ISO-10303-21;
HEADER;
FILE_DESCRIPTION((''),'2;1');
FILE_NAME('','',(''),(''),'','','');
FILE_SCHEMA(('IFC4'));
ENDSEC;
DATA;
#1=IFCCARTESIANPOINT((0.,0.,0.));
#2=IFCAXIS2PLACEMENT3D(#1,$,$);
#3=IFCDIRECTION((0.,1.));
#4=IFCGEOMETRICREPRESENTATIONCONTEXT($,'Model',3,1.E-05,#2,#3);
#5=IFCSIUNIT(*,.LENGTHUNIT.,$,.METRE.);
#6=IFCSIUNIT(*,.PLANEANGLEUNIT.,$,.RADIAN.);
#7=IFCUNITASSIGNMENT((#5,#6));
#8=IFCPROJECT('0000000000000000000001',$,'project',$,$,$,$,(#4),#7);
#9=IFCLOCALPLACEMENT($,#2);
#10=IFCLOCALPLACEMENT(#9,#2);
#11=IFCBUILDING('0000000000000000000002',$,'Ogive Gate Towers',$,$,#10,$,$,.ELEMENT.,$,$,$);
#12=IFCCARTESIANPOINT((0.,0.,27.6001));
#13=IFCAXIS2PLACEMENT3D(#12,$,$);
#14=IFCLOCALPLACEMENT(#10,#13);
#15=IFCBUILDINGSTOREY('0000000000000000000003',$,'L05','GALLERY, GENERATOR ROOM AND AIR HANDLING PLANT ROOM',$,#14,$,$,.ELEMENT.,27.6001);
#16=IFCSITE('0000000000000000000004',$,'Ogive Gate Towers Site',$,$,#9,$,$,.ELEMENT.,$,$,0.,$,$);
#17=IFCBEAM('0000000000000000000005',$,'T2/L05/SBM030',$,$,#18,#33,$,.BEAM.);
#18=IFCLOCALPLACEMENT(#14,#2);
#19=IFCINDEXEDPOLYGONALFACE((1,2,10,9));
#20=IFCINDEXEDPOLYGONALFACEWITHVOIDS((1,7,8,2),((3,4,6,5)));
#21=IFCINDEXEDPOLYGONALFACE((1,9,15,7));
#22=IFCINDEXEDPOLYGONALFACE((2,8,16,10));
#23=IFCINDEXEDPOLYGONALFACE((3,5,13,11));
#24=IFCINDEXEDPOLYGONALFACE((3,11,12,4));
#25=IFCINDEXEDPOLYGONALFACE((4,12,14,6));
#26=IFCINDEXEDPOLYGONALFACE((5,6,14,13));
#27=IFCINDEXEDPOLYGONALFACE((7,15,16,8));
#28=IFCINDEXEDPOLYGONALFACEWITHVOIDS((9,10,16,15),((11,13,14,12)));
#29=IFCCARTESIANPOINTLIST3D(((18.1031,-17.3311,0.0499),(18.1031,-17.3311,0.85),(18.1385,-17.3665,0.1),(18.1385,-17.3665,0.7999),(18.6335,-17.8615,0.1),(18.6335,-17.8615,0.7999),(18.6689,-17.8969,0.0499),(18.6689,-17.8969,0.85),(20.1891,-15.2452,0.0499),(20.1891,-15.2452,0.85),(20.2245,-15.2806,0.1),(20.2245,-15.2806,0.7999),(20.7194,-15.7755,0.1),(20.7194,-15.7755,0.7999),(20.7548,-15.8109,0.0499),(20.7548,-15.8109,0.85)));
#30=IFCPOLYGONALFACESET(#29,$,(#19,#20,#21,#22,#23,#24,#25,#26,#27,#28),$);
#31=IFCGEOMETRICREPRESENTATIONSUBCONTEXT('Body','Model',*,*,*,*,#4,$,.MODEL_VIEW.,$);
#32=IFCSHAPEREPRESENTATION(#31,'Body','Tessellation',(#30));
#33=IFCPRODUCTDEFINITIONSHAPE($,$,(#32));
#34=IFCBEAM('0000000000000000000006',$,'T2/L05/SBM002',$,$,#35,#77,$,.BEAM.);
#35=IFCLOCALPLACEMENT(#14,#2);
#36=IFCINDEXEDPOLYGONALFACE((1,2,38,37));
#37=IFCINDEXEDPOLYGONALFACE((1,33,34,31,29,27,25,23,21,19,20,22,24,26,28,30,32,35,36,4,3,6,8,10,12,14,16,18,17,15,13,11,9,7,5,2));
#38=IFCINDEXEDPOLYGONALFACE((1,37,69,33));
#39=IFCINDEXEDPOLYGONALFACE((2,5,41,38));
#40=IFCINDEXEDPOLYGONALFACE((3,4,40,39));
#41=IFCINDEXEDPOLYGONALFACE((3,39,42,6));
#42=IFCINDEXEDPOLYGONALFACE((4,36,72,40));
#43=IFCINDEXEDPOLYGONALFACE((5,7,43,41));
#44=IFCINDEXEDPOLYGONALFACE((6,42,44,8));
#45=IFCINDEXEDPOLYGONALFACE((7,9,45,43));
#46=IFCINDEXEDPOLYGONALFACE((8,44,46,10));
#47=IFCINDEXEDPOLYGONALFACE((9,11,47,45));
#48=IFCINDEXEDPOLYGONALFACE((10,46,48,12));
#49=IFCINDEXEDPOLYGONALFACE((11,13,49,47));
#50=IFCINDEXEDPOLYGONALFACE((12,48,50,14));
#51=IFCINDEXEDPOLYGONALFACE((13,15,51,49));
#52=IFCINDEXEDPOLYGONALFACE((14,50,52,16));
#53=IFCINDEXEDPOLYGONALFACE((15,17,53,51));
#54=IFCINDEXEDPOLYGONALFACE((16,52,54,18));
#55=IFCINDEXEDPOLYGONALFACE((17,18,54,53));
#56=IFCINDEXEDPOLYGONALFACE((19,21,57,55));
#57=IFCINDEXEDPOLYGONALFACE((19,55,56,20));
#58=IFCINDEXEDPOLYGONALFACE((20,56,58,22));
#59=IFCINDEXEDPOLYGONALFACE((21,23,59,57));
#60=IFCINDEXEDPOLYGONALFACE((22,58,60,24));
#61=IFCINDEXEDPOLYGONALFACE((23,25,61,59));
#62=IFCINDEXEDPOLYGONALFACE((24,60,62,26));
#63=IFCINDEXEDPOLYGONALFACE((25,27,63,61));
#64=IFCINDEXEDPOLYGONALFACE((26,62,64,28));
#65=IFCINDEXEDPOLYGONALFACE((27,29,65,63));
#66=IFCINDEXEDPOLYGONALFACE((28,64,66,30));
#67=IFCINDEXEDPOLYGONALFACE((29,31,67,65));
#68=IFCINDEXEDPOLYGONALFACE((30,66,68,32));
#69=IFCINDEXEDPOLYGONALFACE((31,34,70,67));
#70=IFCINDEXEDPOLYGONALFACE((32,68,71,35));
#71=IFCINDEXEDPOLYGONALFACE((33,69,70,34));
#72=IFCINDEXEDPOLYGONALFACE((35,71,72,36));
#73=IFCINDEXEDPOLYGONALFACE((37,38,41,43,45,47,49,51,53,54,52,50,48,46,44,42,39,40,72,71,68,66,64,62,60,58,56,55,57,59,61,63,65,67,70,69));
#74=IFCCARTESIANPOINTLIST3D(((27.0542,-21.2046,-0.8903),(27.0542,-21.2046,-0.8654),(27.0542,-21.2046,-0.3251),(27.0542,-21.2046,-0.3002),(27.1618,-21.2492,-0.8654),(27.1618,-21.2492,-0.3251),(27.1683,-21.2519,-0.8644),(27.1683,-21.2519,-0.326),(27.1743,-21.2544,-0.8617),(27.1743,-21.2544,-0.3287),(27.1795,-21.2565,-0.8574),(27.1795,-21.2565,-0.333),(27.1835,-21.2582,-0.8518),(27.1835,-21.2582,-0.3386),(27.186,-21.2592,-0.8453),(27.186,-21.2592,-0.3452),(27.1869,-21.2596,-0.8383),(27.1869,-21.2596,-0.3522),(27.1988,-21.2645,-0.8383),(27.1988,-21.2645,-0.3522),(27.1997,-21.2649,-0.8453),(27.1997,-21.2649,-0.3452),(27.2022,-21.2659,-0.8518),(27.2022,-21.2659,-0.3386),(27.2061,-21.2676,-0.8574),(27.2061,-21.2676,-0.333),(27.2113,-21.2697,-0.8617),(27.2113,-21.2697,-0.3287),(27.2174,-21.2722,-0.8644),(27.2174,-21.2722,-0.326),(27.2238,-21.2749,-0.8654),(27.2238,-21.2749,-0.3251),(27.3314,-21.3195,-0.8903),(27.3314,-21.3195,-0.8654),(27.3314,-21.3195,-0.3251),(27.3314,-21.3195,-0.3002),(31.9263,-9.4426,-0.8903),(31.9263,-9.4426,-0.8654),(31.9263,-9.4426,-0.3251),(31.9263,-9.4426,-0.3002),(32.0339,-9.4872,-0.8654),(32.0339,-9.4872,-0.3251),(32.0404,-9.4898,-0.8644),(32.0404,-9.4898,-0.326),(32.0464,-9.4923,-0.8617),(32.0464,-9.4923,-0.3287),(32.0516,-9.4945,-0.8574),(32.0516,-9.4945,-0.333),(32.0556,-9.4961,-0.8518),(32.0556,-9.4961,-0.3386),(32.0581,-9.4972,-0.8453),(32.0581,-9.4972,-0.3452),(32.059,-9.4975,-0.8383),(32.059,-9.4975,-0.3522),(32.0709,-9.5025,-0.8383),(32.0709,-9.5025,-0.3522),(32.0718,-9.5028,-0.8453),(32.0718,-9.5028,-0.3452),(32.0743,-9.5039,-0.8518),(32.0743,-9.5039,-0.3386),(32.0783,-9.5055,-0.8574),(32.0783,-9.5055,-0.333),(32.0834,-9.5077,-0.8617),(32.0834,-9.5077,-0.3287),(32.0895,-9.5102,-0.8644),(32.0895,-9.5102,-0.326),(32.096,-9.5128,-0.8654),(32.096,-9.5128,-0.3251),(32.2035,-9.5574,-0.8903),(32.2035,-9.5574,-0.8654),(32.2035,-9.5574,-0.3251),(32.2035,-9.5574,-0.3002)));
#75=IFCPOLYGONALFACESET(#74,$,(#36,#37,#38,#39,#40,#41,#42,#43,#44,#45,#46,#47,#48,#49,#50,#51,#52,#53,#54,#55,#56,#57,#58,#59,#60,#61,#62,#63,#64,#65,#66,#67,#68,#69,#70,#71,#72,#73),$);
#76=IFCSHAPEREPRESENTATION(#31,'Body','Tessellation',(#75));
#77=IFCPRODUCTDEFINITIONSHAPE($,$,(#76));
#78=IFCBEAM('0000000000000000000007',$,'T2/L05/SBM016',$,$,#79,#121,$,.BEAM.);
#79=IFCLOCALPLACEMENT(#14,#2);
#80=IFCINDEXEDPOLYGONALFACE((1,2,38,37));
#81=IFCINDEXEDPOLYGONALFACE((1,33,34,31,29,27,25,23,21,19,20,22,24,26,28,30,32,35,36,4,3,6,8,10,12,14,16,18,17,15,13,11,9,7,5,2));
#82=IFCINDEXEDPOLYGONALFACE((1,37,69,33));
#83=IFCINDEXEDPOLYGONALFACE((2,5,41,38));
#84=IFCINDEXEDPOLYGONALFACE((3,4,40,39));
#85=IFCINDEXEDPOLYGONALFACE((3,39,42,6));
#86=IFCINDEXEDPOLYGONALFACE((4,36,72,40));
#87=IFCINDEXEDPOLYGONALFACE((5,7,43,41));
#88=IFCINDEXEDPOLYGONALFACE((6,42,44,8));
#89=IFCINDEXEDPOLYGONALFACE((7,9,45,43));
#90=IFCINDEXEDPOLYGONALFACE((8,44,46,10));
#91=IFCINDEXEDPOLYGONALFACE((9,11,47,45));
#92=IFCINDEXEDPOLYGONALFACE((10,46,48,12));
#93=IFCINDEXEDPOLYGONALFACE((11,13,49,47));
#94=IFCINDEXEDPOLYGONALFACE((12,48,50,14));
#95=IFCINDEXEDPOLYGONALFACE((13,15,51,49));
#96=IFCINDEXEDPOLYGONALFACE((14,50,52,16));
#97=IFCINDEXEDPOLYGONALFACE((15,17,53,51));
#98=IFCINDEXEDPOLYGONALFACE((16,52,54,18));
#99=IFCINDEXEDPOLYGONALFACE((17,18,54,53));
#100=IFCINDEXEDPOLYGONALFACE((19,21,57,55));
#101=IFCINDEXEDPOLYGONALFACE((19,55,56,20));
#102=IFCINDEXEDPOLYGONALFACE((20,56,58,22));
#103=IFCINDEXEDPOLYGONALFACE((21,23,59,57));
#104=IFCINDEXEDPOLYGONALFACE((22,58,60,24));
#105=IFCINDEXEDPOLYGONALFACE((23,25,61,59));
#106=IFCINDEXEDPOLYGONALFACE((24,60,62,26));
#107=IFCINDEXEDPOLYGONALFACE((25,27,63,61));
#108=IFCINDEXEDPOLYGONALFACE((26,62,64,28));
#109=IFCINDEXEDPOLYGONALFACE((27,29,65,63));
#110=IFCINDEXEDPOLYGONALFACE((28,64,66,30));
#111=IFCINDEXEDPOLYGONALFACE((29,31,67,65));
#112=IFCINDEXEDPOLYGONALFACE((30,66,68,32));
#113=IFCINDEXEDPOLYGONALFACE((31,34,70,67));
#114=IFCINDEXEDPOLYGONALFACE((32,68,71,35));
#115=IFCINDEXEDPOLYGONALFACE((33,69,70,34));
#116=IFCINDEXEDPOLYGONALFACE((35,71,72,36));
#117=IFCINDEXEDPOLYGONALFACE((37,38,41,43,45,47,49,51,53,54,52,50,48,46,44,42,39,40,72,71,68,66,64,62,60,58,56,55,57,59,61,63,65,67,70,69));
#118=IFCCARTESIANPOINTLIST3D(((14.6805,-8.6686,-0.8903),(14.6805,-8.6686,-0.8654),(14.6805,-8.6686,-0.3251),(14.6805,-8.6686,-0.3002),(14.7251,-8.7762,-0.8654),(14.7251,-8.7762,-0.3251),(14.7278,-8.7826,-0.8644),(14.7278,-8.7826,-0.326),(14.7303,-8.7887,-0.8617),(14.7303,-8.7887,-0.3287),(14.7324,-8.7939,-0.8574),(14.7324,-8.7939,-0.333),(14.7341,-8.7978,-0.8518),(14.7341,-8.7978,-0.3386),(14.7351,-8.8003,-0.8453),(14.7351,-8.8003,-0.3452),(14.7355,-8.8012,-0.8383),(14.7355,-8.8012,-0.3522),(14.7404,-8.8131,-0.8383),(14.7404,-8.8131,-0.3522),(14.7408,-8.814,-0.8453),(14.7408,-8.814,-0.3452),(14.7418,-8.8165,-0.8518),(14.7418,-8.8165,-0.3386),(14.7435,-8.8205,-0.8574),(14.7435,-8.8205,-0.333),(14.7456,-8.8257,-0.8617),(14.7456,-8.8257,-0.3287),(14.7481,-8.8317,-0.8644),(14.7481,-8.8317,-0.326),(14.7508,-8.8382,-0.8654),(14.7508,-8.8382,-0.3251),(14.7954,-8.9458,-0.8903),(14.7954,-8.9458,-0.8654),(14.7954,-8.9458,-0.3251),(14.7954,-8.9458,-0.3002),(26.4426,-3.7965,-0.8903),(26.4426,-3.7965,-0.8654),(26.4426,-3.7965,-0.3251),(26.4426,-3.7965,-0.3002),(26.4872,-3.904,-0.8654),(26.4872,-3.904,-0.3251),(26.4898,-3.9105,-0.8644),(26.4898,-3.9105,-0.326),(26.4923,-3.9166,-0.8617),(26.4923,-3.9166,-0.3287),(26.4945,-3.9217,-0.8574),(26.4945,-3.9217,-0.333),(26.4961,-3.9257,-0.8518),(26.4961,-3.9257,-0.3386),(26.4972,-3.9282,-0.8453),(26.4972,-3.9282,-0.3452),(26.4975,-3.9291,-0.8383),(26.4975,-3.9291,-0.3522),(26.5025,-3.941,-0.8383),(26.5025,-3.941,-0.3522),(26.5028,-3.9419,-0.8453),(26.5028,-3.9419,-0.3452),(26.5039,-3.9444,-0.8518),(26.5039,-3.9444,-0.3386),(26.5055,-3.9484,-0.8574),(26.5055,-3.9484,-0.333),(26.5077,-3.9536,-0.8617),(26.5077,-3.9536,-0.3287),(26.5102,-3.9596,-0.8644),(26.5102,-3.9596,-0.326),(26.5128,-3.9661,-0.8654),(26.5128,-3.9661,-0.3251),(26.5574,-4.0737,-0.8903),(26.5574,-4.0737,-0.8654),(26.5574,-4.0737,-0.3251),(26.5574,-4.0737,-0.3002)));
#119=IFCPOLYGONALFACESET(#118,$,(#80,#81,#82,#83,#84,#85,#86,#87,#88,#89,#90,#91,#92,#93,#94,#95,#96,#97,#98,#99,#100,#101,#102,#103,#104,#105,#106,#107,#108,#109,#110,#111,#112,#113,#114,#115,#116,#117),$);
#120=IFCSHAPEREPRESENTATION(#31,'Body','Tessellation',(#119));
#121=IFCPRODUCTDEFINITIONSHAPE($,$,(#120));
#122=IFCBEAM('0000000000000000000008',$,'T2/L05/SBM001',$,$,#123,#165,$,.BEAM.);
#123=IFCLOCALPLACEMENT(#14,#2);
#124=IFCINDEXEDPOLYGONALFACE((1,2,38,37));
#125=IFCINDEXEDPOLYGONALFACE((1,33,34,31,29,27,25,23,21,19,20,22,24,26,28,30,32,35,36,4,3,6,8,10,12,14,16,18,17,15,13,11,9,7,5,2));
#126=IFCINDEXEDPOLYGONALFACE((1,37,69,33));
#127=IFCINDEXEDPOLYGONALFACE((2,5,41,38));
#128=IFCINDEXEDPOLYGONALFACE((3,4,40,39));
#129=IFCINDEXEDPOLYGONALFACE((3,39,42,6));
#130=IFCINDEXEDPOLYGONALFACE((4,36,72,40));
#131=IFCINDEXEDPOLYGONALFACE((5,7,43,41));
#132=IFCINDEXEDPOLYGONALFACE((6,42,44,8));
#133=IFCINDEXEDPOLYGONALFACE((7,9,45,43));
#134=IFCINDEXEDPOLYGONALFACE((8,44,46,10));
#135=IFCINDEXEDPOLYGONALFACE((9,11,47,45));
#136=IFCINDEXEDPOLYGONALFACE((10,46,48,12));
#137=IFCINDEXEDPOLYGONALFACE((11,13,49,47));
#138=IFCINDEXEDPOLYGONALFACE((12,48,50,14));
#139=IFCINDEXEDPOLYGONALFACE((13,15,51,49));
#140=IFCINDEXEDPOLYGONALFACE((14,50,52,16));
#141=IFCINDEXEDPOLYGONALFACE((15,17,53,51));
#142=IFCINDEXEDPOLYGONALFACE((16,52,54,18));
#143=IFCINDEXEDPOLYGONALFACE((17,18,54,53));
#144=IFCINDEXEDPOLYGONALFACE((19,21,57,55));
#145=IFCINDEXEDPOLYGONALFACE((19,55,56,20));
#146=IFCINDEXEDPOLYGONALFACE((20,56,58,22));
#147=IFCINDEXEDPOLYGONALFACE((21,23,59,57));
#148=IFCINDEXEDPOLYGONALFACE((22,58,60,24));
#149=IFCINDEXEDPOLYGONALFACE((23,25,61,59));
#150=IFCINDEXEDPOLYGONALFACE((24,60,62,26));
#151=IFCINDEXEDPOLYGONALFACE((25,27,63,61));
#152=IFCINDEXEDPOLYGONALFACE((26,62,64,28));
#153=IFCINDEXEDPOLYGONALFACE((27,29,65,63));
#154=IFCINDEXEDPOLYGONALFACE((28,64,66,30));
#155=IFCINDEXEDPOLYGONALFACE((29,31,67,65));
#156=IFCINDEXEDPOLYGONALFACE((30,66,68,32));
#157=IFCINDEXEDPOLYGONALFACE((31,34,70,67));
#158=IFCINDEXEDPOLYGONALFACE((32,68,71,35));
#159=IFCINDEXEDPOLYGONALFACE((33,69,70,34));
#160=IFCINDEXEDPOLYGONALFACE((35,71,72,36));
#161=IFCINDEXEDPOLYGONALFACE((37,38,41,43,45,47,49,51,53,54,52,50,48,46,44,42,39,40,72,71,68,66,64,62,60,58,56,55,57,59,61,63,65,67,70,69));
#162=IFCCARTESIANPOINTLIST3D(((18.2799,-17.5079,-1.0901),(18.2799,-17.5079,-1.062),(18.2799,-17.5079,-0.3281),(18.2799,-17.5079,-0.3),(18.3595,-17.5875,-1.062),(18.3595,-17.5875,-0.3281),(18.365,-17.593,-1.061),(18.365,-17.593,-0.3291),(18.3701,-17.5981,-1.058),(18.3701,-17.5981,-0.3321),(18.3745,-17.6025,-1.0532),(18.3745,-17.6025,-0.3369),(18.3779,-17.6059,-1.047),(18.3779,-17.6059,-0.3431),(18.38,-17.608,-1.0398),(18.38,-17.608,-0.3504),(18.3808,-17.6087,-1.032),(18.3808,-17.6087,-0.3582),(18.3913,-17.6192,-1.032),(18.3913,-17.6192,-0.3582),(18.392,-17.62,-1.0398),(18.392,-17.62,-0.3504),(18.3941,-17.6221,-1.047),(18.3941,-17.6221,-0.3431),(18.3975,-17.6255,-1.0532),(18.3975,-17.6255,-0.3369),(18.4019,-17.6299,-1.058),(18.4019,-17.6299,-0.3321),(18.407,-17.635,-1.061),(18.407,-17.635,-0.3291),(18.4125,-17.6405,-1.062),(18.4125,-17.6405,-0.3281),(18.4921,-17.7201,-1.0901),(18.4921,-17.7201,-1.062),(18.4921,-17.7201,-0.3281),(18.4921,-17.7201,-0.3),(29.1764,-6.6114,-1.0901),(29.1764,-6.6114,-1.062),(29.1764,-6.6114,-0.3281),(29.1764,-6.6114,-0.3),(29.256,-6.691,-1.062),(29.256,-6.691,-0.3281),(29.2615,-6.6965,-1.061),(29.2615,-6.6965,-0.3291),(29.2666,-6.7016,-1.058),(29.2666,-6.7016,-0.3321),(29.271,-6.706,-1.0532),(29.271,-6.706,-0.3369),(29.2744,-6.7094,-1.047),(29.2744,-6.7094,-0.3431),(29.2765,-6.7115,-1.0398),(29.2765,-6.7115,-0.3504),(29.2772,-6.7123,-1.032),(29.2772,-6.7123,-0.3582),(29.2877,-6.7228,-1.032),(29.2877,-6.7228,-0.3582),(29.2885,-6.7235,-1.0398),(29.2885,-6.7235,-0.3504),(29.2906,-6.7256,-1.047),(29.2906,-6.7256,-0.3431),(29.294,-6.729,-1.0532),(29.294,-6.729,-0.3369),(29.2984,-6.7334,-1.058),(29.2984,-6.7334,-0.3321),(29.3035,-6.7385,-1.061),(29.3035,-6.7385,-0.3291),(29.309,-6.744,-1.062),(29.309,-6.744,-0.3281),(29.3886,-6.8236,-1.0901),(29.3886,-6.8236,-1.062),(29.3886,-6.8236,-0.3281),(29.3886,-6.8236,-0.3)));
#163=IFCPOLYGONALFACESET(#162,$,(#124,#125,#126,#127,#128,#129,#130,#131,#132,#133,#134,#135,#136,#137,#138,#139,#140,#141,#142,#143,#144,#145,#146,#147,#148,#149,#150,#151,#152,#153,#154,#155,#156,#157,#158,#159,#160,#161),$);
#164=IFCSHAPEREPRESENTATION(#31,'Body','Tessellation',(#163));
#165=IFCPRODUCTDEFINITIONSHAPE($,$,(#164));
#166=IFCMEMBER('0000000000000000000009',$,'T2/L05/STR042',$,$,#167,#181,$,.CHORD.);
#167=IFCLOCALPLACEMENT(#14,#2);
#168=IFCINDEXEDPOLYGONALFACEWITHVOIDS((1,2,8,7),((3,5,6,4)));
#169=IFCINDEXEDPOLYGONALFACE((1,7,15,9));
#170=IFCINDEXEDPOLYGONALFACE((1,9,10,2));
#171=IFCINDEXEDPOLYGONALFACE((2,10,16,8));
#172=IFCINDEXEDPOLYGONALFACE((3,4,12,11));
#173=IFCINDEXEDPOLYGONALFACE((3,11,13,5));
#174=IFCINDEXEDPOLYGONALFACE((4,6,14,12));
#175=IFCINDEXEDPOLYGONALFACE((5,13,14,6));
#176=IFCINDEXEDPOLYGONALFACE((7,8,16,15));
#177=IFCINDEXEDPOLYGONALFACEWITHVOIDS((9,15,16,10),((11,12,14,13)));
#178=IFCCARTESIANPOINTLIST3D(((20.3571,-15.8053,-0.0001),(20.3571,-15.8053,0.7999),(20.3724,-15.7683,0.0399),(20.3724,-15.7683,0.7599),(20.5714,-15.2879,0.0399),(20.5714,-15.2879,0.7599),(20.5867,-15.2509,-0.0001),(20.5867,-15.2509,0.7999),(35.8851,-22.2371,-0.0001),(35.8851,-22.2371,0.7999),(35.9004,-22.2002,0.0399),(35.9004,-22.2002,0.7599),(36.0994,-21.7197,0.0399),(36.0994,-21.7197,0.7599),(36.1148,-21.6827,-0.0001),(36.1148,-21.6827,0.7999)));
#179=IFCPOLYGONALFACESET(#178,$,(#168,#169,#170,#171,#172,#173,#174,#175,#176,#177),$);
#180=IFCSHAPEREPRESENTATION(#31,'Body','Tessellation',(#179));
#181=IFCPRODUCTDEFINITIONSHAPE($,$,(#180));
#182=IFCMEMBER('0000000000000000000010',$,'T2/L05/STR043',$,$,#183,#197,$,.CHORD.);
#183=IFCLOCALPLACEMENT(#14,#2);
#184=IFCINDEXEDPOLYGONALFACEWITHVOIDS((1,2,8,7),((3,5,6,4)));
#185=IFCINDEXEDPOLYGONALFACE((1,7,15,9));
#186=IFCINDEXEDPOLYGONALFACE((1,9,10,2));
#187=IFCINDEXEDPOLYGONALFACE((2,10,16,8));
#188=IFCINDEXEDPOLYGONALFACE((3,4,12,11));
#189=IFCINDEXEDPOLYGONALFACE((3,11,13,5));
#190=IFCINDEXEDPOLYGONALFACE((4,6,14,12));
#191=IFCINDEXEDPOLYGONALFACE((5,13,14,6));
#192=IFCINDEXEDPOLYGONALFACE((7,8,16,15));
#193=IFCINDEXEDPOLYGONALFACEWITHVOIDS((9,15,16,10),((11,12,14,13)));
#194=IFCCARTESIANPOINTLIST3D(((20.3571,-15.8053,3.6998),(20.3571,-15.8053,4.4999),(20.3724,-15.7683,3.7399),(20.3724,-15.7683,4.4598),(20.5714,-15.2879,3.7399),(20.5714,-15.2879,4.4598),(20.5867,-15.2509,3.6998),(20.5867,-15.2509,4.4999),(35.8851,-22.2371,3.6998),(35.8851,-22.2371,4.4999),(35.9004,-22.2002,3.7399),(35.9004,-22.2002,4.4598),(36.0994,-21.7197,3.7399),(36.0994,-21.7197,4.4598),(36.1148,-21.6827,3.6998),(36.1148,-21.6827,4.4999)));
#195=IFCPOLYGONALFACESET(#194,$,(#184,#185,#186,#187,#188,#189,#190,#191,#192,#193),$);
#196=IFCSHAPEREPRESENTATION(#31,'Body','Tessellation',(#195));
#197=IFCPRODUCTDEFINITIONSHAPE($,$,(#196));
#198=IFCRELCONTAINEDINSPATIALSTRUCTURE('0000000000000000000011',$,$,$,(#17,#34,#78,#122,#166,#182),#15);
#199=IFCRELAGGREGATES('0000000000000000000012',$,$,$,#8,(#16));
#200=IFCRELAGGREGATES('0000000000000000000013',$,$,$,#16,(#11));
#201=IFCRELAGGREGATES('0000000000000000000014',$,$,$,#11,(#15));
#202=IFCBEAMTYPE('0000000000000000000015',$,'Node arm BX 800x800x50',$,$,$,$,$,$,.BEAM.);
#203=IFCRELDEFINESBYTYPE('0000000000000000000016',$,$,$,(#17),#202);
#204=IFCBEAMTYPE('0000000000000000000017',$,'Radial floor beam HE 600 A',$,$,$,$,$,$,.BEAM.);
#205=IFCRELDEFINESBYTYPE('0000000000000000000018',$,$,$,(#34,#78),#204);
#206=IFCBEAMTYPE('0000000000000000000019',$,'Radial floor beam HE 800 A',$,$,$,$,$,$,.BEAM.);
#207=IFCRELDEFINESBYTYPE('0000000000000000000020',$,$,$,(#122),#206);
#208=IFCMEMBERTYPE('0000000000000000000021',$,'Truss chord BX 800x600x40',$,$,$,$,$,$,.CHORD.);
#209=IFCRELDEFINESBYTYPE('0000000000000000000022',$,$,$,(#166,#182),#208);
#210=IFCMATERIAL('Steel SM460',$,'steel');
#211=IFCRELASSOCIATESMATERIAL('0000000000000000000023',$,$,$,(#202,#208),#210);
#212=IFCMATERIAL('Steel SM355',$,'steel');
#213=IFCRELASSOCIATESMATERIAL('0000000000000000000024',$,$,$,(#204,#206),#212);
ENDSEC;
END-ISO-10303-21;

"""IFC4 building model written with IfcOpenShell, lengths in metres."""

from ifc_helpers import new_model, si_unit, direction, frame, origin, origin_2d, place, context, subcontext, project, spatial, hollow_rectangle, i_section, extrude, material, material_profile, profile_set, type_object, element, save


model = new_model("IFC4")

# Units and contexts
model_context = context("Model", 3, precision=1e-05, world=origin(), true_north=direction((0.0, 1.0)))
body_context = subcontext(model_context, "Body", "Model", "MODEL_VIEW")
ifc_project = project(units=[si_unit("LENGTHUNIT", "METRE"), si_unit("PLANEANGLEUNIT", "RADIAN")], contexts=[model_context])

# Site, building, storey
site_placement = place(None, origin())
site = spatial("IfcSite", under=ifc_project, at=site_placement, Name="Ogive Gate Towers Site", CompositionType="ELEMENT", RefElevation=0.0)
building_placement = place(site_placement, origin())
building = spatial("IfcBuilding", under=site, at=building_placement, Name="Ogive Gate Towers", CompositionType="ELEMENT")
storey_placement = place(building_placement, frame((0.0, 0.0, 27.6001)))
storey = spatial("IfcBuildingStorey", under=building, at=storey_placement, Name="L05", Description="GALLERY, GENERATOR ROOM AND AIR HANDLING PLANT ROOM", CompositionType="ELEMENT", Elevation=27.6001)

# Beams
ifc_material_1 = material(Name="Steel SM460", Category="steel")
ifc_material_profile_1 = material_profile(ifc_material_1, hollow_rectangle(XDim=0.8, YDim=0.8, WallThickness=0.05, at=origin_2d()), Name="BX 800x800x50")
ifc_profile_set_1 = profile_set([ifc_material_profile_1], Name="Steel SM460")
beam_type_1 = type_object("IfcBeamType", Name="Node arm BX 800x800x50", PredefinedType="BEAM", material=ifc_profile_set_1)
beam_1_placement = place(storey_placement, frame((20.4719, -15.5281, 0.45), z_axis=(-0.707107, -0.707107, 0.0), x_axis=(0.707107, -0.707107, 0.0)))
element("IfcBeam", 1, at=beam_1_placement, inside=storey, type_object=beam_type_1, Name="T2/L05/SBM030", PredefinedType="BEAM", context=body_context, shape_type="SweptSolid", body=[
    extrude(hollow_rectangle(XDim=0.8, YDim=0.8, WallThickness=0.05, at=origin_2d()), origin(), (0.0, 0.0, 1.0), 2.95),
])
ifc_material_2 = material(Name="Steel SM355", Category="steel")
ifc_material_profile_2 = material_profile(ifc_material_2, i_section(OverallWidth=0.3, OverallDepth=0.5901, WebThickness=0.0129, FlangeThickness=0.0249, FilletRadius=0.0271, at=origin_2d()), Name="HE 600 A")
ifc_profile_set_2 = profile_set([ifc_material_profile_2], Name="Steel SM355")
beam_type_2 = type_object("IfcBeamType", Name="Radial floor beam HE 600 A", PredefinedType="BEAM", material=ifc_profile_set_2)
for number, where, z_axis, x_axis, name in (
    (2, (32.0649, -9.5, -0.5952), (-0.382691, -0.923877, 0.0), (0.923877, -0.382691, 0.0), "T2/L05/SBM002"),
    (3, (26.5, -3.9351, -0.5952), (-0.923877, -0.382691, 0.0), (0.382691, -0.923877, 0.0), "T2/L05/SBM016"),
):
    element("IfcBeam", number, at=place(storey_placement, frame(where, z_axis=z_axis, x_axis=x_axis)), inside=storey, type_object=beam_type_2, Name=name, PredefinedType="BEAM", context=body_context, shape_type="SweptSolid", body=[
        extrude(i_section(OverallWidth=0.3, OverallDepth=0.5901, WebThickness=0.0129, FlangeThickness=0.0249, FilletRadius=0.0271, at=origin_2d()), origin(), (0.0, 0.0, 1.0), 12.7312),
    ])
ifc_material_profile_3 = material_profile(ifc_material_2, i_section(OverallWidth=0.3, OverallDepth=0.79, WebThickness=0.0149, FlangeThickness=0.0281, FilletRadius=0.03, at=origin_2d()), Name="HE 800 A")
ifc_profile_set_3 = profile_set([ifc_material_profile_3], Name="Steel SM355")
beam_type_3 = type_object("IfcBeamType", Name="Radial floor beam HE 800 A", PredefinedType="BEAM", material=ifc_profile_set_3)
beam_2_placement = place(storey_placement, frame((29.2825, -6.7175, -0.6951), z_axis=(-0.707107, -0.707107, 0.0), x_axis=(0.707107, -0.707107, 0.0)))
element("IfcBeam", 4, at=beam_2_placement, inside=storey, type_object=beam_type_3, Name="T2/L05/SBM001", PredefinedType="BEAM", context=body_context, shape_type="SweptSolid", body=[
    extrude(i_section(OverallWidth=0.3, OverallDepth=0.79, WebThickness=0.0149, FlangeThickness=0.0281, FilletRadius=0.03, at=origin_2d()), origin(), (0.0, 0.0, 1.0), 15.4099),
])

# Members
ifc_material_profile_4 = material_profile(ifc_material_1, hollow_rectangle(XDim=0.6001, YDim=0.8, WallThickness=0.04, at=origin_2d()), Name="BX 800x600x40")
ifc_profile_set_4 = profile_set([ifc_material_profile_4], Name="Steel SM460")
member_type_1 = type_object("IfcMemberType", Name="Truss chord BX 800x600x40", PredefinedType="CHORD", material=ifc_profile_set_4)
for number, where, z_axis, x_axis, name in (
    (5, (20.4719, -15.5281, 0.3999), (0.923881, -0.382681, 0.0), (0.382681, 0.923881, 0.0), "T2/L05/STR042"),
    (6, (20.4719, -15.5281, 4.0999), (0.923881, -0.382681, 0.0), (0.382681, 0.923881, 0.0), "T2/L05/STR043"),
):
    element("IfcMember", number, at=place(storey_placement, frame(where, z_axis=z_axis, x_axis=x_axis)), inside=storey, type_object=member_type_1, Name=name, PredefinedType="CHORD", context=body_context, shape_type="SweptSolid", body=[
        extrude(hollow_rectangle(XDim=0.6001, YDim=0.8, WallThickness=0.04, at=origin_2d()), origin(), (0.0, 0.0, 1.0), 16.8074),
    ])

save(model, "model.ifc")
